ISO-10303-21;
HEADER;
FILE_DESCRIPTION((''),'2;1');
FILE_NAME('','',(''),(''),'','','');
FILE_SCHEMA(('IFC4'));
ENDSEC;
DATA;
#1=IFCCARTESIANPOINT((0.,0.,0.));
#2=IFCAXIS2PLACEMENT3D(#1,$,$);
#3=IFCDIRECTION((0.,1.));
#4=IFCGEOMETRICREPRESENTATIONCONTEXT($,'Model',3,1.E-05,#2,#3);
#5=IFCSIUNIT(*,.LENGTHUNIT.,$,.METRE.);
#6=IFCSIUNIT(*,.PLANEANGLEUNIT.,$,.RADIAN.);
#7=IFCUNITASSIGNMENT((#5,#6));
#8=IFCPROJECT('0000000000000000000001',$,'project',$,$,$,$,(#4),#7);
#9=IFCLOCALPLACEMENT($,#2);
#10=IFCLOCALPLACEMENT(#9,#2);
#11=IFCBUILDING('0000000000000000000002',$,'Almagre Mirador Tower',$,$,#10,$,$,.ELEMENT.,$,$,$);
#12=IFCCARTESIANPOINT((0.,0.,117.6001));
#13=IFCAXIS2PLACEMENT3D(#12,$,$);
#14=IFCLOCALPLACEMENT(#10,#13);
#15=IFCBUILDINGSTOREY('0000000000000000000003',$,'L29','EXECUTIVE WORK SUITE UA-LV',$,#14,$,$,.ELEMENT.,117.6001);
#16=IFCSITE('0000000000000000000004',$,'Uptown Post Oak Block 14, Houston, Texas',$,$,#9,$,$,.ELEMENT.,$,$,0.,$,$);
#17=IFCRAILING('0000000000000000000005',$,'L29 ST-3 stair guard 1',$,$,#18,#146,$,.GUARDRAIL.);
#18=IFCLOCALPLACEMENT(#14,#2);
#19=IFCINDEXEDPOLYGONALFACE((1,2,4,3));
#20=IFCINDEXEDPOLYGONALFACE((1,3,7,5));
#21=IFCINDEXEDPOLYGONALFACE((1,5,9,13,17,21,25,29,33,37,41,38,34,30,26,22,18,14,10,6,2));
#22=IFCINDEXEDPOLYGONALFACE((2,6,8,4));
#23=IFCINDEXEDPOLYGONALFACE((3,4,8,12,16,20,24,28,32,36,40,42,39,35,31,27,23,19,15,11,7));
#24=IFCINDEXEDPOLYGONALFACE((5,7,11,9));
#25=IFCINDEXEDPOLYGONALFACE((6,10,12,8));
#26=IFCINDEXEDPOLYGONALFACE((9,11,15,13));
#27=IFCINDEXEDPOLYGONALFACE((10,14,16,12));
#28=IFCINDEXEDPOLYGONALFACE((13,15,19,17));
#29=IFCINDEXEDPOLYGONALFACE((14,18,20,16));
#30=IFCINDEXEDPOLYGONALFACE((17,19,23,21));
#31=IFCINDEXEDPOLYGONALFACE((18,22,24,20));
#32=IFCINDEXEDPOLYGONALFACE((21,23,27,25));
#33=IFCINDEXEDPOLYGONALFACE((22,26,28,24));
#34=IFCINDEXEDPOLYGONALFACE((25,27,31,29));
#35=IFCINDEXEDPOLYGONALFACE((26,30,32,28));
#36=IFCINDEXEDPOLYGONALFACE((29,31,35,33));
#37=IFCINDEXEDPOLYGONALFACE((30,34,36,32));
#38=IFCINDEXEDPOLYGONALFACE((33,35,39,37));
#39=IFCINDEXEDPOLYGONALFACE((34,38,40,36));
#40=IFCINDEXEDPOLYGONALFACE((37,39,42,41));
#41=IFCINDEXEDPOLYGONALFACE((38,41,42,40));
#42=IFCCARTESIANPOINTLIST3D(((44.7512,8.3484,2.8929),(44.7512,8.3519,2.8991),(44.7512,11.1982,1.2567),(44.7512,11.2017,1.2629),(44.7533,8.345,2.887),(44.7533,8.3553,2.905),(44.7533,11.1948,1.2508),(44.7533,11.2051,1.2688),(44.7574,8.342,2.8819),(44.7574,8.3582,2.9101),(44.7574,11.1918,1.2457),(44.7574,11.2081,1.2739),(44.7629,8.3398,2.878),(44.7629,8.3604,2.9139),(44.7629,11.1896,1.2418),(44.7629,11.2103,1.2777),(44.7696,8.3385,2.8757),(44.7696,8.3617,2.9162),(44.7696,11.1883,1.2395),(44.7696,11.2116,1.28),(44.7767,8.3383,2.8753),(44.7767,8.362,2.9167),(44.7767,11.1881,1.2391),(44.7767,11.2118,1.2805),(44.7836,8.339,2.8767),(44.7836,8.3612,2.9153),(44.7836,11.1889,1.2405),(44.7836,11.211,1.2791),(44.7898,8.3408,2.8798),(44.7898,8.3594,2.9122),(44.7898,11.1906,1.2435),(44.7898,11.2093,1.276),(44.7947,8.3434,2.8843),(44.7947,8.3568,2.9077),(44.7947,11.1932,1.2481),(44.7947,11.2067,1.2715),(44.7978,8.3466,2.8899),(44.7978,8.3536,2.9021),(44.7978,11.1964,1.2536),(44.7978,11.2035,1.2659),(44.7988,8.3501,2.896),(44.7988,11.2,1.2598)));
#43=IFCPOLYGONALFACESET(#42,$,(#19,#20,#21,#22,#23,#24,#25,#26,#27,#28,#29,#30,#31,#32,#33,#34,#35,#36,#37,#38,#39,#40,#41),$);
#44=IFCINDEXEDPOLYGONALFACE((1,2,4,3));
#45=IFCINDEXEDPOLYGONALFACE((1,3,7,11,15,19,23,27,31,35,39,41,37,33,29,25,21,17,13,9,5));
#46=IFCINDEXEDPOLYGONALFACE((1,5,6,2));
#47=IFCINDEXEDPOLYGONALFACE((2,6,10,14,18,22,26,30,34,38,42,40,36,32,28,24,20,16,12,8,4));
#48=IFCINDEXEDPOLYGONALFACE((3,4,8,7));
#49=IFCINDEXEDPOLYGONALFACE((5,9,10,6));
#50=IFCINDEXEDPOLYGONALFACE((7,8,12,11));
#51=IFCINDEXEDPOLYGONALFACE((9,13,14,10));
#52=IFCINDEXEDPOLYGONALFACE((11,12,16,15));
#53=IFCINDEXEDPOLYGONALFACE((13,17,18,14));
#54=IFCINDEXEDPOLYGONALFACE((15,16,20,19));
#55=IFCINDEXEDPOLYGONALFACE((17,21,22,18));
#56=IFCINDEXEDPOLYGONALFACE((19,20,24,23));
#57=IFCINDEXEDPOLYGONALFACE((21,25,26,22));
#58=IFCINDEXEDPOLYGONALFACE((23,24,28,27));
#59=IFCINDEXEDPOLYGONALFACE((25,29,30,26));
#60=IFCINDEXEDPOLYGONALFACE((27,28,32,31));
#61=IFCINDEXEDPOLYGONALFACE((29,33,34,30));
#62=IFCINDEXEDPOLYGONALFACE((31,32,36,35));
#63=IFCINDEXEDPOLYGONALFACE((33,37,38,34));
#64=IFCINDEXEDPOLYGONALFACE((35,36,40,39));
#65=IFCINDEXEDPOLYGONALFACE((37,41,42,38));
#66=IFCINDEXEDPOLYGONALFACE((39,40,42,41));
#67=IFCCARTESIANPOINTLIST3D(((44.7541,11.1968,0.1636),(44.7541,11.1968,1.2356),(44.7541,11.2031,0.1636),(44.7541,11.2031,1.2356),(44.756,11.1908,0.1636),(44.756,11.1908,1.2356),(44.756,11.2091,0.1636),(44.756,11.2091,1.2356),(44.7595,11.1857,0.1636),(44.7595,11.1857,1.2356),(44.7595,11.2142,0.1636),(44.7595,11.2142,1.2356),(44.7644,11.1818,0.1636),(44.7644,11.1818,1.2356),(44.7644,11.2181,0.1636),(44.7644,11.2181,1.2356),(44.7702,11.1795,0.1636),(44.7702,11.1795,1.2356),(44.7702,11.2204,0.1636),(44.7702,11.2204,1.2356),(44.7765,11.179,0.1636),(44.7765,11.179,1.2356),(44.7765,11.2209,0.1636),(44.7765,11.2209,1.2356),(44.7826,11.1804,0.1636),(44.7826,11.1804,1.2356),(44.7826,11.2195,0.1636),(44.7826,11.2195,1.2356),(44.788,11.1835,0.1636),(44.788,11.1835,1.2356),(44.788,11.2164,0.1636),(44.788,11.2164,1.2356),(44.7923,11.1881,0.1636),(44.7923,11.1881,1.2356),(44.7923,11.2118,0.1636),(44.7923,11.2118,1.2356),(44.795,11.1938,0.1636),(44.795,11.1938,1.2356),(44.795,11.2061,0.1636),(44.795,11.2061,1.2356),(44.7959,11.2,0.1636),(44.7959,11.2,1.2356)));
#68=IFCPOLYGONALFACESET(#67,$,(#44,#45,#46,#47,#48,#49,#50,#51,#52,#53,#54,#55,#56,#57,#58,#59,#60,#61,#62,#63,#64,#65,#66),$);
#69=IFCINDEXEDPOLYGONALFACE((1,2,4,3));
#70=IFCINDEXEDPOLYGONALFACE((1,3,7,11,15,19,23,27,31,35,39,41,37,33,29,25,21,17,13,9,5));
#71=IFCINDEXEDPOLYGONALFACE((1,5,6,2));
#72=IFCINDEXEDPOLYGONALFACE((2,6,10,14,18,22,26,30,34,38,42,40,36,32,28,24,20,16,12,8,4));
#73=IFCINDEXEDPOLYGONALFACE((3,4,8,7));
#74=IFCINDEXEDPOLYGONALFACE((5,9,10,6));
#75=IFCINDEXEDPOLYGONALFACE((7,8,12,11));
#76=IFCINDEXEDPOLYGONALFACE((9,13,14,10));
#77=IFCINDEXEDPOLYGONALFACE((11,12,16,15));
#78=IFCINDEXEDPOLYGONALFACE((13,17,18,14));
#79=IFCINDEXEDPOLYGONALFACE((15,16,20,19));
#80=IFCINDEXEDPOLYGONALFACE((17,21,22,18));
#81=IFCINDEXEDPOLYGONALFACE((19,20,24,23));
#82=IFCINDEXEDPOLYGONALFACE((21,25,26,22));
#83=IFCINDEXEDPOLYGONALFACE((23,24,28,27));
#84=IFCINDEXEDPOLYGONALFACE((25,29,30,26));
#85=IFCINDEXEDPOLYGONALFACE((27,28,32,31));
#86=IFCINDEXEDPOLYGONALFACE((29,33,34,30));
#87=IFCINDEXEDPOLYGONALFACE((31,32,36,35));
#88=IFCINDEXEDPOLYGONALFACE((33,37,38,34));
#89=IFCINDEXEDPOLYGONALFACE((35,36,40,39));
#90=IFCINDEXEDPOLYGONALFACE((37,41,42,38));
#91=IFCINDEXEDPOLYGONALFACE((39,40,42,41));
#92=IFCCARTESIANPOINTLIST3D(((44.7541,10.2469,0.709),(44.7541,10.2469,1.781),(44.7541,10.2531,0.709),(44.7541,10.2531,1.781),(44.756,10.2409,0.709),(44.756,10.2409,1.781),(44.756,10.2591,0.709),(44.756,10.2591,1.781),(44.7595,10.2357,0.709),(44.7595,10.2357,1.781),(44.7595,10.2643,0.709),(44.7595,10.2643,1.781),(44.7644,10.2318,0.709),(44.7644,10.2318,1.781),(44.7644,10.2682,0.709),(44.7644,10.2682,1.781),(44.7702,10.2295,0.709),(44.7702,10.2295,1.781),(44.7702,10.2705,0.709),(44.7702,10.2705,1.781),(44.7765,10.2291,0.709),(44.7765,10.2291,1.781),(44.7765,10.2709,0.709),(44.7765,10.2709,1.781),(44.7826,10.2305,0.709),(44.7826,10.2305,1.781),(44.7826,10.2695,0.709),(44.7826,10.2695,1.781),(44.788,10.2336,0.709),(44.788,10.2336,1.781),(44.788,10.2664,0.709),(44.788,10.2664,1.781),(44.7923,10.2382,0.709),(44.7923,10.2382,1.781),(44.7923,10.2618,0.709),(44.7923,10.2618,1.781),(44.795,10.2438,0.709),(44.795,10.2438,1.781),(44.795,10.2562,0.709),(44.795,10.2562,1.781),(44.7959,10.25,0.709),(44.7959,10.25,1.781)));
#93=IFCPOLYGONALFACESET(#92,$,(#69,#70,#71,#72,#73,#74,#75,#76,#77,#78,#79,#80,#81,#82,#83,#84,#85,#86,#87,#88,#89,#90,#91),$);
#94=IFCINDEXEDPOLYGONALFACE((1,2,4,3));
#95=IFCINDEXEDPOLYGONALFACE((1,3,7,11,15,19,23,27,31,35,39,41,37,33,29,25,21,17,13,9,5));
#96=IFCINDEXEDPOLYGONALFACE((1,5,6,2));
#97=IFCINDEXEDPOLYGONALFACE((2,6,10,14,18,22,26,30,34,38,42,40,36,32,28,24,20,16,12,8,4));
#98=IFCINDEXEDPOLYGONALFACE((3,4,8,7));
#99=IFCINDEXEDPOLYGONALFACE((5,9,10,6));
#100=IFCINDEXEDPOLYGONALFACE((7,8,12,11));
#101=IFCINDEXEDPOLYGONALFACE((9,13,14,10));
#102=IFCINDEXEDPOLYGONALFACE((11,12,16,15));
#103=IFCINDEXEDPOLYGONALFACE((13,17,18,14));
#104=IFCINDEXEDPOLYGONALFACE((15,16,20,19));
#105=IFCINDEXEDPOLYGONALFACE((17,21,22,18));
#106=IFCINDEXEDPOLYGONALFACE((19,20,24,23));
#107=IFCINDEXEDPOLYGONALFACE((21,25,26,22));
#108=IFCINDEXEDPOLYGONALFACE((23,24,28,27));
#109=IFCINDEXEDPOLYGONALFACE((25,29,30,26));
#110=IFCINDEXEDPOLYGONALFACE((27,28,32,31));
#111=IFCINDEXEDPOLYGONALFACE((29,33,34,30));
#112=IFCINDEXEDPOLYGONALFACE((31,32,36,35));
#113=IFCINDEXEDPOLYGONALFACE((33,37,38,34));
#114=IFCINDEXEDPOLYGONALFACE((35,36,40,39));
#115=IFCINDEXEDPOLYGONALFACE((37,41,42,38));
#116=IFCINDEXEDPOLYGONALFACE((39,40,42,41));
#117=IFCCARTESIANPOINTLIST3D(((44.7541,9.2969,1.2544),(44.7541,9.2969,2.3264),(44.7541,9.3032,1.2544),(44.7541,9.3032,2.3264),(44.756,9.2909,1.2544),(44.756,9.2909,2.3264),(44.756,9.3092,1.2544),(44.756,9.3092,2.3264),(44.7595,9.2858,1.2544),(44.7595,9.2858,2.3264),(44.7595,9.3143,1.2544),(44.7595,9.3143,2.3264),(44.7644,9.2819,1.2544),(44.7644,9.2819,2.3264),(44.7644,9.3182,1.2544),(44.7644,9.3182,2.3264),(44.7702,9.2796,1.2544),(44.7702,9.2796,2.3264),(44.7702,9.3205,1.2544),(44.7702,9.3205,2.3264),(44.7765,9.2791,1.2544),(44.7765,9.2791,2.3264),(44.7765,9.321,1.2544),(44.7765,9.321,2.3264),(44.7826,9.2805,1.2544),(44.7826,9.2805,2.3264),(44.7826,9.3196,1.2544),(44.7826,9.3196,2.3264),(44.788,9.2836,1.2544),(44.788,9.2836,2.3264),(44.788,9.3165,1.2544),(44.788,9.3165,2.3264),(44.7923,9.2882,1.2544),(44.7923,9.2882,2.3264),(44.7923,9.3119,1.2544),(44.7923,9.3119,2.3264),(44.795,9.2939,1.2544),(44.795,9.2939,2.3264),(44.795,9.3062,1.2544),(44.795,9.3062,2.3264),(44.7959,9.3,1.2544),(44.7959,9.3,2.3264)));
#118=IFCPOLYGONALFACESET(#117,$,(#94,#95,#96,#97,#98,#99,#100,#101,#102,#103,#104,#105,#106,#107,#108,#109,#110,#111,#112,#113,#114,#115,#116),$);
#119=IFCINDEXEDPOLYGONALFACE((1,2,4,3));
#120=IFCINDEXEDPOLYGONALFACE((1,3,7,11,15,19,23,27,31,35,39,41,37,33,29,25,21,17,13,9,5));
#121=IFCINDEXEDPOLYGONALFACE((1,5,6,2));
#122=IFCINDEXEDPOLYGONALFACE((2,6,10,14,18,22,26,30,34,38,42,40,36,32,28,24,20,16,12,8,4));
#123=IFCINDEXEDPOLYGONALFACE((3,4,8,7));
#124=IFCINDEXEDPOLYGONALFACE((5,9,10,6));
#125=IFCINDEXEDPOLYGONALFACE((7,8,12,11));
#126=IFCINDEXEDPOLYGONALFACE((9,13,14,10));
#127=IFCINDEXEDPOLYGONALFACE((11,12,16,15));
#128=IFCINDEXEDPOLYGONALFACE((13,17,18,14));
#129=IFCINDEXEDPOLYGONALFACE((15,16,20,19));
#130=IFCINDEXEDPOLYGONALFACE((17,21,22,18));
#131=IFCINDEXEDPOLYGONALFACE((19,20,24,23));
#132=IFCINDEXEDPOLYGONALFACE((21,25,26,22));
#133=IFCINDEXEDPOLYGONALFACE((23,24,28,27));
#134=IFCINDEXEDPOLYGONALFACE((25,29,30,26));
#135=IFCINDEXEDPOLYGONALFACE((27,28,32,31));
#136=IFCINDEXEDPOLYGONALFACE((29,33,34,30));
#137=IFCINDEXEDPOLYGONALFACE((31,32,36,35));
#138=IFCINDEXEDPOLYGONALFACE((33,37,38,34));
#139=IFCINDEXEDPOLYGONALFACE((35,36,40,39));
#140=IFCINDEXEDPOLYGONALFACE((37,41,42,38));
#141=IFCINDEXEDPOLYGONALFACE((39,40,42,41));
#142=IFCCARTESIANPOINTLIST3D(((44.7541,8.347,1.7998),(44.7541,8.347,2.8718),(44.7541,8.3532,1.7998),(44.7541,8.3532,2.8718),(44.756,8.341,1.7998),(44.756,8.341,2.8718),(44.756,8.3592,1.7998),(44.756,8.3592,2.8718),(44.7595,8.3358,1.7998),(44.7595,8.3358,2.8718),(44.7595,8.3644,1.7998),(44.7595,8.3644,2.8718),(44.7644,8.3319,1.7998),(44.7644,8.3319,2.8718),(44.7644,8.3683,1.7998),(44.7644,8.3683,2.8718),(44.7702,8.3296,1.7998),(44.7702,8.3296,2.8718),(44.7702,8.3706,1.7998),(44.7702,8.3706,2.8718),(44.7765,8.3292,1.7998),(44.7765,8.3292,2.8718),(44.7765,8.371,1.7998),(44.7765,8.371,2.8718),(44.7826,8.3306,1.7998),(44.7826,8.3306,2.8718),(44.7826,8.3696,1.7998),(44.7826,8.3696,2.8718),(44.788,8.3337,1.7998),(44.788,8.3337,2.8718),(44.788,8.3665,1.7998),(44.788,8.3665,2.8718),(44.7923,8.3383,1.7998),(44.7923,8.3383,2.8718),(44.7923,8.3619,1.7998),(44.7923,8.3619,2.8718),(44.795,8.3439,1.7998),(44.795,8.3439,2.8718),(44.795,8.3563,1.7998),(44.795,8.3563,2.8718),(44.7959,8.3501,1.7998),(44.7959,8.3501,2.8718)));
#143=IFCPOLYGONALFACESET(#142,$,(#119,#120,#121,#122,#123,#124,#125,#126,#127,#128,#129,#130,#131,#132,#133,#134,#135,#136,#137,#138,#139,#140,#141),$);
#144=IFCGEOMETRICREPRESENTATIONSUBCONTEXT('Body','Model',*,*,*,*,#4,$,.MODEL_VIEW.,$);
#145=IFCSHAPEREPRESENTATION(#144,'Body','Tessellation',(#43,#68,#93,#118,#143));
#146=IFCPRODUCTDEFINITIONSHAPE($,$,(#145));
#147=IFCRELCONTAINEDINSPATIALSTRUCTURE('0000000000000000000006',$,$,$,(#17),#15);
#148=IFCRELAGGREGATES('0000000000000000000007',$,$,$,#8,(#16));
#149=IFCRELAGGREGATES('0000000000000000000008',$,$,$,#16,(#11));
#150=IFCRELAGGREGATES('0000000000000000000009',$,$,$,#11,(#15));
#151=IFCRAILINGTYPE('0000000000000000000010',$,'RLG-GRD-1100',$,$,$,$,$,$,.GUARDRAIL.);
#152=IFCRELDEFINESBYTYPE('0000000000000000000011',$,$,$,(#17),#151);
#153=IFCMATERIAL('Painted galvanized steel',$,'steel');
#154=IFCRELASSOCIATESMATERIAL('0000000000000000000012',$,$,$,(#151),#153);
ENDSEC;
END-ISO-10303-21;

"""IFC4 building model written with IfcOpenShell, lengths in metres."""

from ifc_helpers import new_model, si_unit, direction, frame, origin, origin_2d, place, context, subcontext, project, spatial, circle, extrude, material, type_object, element, save


model = new_model("IFC4")

# Units and contexts
model_context = context("Model", 3, precision=1e-05, world=origin(), true_north=direction((0.0, 1.0)))
body_context = subcontext(model_context, "Body", "Model", "MODEL_VIEW")
ifc_project = project(units=[si_unit("LENGTHUNIT", "METRE"), si_unit("PLANEANGLEUNIT", "RADIAN")], contexts=[model_context])

# Site, building, storey
site_placement = place(None, origin())
site = spatial("IfcSite", under=ifc_project, at=site_placement, Name="Uptown Post Oak Block 14, Houston, Texas", CompositionType="ELEMENT", RefElevation=0.0)
building_placement = place(site_placement, origin())
building = spatial("IfcBuilding", under=site, at=building_placement, Name="Almagre Mirador Tower", CompositionType="ELEMENT")
storey_placement = place(building_placement, frame((0.0, 0.0, 117.6001)))
storey = spatial("IfcBuildingStorey", under=building, at=storey_placement, Name="L29", Description="EXECUTIVE WORK SUITE UA-LV", CompositionType="ELEMENT", Elevation=117.6001)

# Railing
ifc_material_1 = material(Name="Painted galvanized steel", Category="steel")
railing_type_1 = type_object("IfcRailingType", Name="RLG-GRD-1100", PredefinedType="GUARDRAIL", material=ifc_material_1)
railing_1_placement = place(storey_placement, frame((44.7749, 11.2, 0.1636)))
element("IfcRailing", 1, at=railing_1_placement, inside=storey, type_object=railing_type_1, Name="L29 ST-3 stair guard 1", PredefinedType="GUARDRAIL", context=body_context, shape_type="SweptSolid", body=[
    extrude(circle(Radius=0.0239, at=origin_2d()), frame((0.0, 0.0, 1.0962), z_axis=(0.0, -0.867226, 0.497914), x_axis=(1.0, 0.0, 0.0)), (0.0, 0.0, 1.0), 3.2861),
    extrude(circle(Radius=0.021, at=origin_2d()), origin(), (0.0, 0.0, 1.0), 1.072),
    extrude(circle(Radius=0.021, at=origin_2d()), frame((0.0, -0.95, 0.5454)), (0.0, 0.0, 1.0), 1.072),
    extrude(circle(Radius=0.021, at=origin_2d()), frame((0.0, -1.8999, 1.0908)), (0.0, 0.0, 1.0), 1.072),
    extrude(circle(Radius=0.021, at=origin_2d()), frame((0.0, -2.8499, 1.6362)), (0.0, 0.0, 1.0), 1.072),
])

save(model, "model.ifc")
